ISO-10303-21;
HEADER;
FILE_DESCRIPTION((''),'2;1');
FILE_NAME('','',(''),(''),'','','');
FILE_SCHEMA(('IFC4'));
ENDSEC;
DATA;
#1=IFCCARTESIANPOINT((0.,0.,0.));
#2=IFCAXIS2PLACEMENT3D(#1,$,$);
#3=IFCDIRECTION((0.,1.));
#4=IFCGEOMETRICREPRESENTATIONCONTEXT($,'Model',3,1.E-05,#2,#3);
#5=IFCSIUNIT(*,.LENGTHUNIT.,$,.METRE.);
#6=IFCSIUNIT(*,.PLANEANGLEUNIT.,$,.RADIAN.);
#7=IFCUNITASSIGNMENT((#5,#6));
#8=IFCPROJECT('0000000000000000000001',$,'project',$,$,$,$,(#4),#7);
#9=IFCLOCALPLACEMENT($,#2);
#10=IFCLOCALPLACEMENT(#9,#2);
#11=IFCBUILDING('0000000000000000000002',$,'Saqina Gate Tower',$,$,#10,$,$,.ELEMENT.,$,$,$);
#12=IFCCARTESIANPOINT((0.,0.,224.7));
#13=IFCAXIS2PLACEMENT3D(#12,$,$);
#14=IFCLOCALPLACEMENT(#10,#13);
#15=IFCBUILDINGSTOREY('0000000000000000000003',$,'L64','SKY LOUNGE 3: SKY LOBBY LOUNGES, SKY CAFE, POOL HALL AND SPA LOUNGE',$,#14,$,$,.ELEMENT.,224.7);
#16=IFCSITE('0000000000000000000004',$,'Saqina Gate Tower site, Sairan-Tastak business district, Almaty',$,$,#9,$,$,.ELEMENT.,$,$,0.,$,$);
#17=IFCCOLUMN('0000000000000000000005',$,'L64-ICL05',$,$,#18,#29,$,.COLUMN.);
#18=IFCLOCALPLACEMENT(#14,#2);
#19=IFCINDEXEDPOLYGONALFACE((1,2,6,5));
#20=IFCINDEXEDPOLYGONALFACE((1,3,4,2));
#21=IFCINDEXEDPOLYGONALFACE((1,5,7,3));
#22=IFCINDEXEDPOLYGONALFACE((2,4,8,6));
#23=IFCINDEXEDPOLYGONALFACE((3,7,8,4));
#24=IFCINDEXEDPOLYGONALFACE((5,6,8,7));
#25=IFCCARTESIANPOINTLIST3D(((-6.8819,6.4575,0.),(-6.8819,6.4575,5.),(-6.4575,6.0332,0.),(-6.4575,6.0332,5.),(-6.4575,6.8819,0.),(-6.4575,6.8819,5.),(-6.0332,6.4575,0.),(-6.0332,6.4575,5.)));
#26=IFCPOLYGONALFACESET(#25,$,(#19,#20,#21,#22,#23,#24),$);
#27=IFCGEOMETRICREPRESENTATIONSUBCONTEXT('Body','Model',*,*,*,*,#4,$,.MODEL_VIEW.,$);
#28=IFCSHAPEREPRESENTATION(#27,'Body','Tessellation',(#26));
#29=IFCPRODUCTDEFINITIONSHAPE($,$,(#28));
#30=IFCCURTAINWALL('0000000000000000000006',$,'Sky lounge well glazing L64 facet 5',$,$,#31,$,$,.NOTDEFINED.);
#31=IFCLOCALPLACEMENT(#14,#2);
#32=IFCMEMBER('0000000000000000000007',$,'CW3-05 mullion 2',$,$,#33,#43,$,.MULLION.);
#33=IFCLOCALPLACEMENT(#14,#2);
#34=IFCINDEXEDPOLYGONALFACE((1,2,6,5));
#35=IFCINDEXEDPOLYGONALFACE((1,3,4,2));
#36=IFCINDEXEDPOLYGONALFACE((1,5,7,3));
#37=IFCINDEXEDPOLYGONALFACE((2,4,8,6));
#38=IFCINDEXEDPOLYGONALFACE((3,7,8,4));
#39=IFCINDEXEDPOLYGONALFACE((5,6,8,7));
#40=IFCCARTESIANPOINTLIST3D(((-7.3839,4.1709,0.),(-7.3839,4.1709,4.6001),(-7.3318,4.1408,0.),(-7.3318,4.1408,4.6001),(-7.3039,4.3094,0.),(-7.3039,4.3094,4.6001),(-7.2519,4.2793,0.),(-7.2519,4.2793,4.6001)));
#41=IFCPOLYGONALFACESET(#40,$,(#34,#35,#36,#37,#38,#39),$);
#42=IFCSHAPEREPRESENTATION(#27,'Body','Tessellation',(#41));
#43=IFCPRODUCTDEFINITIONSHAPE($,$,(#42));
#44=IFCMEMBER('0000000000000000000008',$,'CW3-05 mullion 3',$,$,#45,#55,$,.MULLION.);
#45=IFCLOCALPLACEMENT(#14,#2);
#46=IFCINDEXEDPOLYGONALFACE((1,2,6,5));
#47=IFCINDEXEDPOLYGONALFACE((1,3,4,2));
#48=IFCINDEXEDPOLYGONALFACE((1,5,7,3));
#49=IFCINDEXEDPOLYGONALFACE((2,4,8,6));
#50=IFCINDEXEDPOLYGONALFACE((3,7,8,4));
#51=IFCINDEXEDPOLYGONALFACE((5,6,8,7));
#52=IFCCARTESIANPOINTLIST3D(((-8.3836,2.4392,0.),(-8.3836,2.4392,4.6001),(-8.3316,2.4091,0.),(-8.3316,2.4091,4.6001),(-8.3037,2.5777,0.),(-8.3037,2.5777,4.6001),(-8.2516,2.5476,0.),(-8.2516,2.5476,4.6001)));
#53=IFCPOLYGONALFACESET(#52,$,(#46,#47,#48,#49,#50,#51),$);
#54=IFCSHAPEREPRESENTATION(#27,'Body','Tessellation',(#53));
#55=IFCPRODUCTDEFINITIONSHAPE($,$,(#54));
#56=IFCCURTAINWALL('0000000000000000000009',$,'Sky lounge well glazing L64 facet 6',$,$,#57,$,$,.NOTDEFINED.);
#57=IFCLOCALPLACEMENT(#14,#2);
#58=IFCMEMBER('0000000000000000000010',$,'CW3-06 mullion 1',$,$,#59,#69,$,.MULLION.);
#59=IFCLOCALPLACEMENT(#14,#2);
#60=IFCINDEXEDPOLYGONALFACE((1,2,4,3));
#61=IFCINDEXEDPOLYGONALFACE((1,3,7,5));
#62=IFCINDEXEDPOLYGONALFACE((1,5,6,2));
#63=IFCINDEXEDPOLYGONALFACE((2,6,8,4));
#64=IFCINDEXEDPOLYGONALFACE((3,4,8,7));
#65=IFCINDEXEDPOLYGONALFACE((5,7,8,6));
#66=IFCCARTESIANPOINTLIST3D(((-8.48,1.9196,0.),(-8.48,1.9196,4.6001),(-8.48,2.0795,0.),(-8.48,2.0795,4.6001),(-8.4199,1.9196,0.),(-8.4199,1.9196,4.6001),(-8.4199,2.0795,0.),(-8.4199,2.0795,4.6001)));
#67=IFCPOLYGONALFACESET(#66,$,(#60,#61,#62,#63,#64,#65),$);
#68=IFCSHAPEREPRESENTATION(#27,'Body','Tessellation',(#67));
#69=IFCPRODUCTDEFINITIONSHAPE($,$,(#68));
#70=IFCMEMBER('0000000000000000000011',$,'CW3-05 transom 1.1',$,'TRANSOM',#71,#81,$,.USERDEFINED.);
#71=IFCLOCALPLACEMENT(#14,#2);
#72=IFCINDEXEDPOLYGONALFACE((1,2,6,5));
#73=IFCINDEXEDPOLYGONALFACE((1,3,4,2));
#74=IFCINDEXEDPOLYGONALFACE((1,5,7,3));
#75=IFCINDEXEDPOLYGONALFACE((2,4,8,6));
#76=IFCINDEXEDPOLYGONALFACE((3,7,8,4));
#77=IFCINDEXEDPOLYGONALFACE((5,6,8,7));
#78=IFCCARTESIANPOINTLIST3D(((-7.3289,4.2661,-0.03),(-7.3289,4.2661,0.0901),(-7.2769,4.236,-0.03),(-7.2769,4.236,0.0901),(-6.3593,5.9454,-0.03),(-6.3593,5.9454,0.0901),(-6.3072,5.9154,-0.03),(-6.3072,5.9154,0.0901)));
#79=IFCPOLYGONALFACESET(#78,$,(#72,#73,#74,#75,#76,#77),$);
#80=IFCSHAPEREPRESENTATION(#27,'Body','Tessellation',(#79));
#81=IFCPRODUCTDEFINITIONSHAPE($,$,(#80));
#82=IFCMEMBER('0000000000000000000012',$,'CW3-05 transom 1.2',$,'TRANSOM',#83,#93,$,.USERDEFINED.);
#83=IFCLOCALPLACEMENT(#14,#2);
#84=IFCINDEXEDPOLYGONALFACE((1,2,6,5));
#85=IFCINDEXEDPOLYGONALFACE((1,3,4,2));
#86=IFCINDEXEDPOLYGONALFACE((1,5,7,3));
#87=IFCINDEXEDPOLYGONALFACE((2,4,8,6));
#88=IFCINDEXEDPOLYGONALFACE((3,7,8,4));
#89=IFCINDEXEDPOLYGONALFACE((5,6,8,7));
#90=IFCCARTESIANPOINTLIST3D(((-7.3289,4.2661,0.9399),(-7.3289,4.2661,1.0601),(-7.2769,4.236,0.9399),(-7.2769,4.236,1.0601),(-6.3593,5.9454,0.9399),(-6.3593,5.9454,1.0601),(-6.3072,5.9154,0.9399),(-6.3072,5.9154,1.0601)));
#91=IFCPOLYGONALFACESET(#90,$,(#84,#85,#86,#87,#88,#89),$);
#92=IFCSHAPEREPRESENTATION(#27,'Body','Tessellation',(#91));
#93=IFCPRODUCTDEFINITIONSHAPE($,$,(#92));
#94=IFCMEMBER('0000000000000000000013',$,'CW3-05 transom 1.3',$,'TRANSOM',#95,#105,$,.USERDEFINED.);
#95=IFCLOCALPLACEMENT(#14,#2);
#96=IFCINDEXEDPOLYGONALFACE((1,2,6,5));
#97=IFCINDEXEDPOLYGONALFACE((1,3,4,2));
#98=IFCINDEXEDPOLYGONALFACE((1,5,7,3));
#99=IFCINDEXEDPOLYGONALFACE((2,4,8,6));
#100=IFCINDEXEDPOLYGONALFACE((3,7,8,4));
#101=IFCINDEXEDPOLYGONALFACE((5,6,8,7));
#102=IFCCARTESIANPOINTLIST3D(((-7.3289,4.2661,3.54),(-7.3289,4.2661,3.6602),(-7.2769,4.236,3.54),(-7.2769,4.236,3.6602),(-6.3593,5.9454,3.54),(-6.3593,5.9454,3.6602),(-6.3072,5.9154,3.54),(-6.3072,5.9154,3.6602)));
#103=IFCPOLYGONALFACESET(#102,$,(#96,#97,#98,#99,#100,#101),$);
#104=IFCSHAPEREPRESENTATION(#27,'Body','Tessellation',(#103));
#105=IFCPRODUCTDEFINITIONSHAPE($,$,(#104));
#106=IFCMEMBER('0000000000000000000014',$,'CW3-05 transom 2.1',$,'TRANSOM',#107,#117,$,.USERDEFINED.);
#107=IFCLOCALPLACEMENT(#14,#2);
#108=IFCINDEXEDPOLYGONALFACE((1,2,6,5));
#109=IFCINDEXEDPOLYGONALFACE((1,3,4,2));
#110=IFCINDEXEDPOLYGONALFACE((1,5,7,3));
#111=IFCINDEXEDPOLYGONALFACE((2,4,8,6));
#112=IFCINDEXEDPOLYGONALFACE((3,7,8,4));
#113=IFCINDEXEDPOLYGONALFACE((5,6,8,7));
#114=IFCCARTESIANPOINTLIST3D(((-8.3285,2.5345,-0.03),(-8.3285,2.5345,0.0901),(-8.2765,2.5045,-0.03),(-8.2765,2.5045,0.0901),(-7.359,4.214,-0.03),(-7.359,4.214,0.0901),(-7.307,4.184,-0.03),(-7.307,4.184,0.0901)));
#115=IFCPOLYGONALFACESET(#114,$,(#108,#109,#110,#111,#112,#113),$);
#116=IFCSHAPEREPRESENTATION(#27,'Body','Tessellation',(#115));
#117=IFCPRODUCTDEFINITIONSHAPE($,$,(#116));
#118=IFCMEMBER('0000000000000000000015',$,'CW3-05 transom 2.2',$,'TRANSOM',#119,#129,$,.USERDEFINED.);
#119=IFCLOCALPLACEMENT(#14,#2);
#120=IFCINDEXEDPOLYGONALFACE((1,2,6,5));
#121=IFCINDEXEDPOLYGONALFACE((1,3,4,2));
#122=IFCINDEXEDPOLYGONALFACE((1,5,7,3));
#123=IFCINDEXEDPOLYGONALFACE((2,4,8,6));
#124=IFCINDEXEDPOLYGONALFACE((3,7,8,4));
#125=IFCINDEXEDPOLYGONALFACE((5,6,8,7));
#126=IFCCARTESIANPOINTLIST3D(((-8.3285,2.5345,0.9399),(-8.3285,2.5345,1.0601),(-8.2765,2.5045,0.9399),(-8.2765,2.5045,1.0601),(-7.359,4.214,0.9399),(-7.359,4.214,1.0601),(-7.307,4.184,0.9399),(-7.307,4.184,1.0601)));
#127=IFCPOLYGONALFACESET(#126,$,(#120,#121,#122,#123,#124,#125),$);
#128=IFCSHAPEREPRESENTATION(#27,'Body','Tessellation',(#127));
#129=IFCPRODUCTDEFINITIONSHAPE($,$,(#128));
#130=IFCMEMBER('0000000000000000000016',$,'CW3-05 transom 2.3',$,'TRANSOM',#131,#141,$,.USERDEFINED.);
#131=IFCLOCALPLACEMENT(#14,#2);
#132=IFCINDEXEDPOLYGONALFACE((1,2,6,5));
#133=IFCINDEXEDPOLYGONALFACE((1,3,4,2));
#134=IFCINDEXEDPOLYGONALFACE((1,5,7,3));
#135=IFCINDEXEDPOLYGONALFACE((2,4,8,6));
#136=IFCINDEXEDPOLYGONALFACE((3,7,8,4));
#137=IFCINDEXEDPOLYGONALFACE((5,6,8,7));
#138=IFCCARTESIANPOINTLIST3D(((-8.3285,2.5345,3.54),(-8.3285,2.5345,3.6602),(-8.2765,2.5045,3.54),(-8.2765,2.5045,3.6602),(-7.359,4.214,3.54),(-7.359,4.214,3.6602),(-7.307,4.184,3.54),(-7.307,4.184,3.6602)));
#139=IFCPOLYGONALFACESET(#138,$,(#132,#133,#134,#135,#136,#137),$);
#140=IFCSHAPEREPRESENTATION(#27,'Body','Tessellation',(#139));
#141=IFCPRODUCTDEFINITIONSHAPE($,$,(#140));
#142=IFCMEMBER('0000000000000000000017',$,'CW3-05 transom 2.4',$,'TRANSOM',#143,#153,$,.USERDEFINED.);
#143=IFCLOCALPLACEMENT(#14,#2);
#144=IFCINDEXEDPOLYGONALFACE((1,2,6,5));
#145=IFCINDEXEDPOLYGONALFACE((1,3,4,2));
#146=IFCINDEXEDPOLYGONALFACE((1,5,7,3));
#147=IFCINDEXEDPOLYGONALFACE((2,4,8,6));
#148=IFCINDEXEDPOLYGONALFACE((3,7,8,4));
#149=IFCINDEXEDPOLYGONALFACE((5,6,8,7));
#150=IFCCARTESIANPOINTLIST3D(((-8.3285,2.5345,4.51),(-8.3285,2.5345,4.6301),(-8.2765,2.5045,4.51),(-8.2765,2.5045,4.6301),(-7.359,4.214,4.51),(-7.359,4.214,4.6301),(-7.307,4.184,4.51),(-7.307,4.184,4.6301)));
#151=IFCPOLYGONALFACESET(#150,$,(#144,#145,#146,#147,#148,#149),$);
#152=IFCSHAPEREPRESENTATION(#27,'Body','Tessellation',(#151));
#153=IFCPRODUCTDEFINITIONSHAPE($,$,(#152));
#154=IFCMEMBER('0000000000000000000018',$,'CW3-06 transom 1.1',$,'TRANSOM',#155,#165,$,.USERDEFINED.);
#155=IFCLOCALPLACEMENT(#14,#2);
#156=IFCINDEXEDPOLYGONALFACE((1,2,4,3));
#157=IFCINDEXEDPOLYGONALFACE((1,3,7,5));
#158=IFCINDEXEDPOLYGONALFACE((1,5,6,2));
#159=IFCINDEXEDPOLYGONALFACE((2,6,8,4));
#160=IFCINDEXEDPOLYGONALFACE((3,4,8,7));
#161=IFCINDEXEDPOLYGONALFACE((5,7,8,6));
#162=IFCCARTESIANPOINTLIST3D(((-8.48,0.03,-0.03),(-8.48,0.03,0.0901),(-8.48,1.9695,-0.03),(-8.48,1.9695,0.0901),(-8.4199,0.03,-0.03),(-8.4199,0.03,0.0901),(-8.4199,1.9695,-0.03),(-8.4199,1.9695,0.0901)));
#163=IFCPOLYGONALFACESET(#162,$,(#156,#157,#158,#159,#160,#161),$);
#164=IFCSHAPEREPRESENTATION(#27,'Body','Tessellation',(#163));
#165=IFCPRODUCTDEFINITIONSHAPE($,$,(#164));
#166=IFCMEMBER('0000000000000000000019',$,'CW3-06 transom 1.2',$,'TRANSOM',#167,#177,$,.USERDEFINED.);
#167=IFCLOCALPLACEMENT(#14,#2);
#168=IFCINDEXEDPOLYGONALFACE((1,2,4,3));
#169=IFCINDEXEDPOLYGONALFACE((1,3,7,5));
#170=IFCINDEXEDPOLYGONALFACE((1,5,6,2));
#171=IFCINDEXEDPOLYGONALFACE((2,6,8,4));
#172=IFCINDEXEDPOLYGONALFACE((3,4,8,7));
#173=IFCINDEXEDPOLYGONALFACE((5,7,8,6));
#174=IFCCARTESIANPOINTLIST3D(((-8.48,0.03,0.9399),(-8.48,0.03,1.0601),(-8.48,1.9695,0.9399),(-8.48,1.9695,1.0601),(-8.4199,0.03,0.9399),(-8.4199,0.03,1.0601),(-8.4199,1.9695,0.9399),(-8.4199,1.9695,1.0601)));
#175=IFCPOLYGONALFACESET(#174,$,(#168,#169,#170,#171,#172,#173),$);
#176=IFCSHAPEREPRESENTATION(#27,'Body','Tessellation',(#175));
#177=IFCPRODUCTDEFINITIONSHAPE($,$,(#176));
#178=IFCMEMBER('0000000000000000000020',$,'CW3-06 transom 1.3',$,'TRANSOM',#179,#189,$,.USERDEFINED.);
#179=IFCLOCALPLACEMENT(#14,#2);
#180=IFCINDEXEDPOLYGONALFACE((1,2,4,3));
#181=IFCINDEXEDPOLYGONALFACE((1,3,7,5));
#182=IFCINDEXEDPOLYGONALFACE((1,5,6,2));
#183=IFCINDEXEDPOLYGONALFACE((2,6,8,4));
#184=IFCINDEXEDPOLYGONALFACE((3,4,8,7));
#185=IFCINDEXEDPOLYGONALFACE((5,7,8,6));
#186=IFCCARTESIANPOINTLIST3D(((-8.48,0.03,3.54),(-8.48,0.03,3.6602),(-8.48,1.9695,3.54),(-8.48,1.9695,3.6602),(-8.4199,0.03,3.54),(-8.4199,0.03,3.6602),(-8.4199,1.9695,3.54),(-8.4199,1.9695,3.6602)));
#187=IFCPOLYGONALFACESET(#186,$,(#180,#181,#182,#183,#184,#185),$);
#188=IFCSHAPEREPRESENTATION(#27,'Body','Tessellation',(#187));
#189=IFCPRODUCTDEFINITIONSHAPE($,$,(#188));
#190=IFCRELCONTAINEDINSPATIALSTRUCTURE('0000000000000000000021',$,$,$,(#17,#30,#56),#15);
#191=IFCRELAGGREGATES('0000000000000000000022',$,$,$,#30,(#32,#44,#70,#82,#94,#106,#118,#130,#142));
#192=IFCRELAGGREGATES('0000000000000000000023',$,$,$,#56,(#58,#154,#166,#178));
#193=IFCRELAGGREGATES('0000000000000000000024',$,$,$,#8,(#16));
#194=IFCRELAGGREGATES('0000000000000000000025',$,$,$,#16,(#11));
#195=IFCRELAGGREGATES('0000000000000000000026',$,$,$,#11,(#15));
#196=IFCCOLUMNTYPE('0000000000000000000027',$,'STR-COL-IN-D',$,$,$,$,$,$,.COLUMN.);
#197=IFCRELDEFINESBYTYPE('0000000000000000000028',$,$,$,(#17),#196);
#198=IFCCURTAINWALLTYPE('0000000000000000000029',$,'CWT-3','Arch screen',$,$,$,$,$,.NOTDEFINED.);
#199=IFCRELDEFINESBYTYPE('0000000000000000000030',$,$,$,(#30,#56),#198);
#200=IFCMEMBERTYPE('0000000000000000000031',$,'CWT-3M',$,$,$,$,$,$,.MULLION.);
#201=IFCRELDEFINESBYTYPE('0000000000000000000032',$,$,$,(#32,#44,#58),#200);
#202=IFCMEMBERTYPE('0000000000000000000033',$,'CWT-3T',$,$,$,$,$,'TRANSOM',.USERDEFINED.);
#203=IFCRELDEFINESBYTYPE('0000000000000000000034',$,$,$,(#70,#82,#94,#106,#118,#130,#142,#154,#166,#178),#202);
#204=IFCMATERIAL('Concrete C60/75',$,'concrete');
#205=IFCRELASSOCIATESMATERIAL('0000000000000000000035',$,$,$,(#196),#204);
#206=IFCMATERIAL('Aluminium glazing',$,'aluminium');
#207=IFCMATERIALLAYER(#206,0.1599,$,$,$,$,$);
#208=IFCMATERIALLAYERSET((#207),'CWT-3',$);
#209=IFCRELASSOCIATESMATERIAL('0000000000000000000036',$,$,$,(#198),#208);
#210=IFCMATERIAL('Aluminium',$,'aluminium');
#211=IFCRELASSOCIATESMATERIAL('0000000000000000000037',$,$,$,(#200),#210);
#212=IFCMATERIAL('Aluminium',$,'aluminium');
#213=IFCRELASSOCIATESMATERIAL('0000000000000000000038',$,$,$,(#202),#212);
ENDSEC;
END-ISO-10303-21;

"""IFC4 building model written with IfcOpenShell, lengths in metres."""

from ifc_helpers import new_model, si_unit, direction, frame, origin, origin_2d, place, context, subcontext, project, spatial, rectangle, extrude, material, layer, layer_set, material_profile, profile_set, type_object, element, aggregate, save


model = new_model("IFC4")

# Units and contexts
model_context = context("Model", 3, precision=1e-05, world=origin(), true_north=direction((0.0, 1.0)))
body_context = subcontext(model_context, "Body", "Model", "MODEL_VIEW")
ifc_project = project(units=[si_unit("LENGTHUNIT", "METRE"), si_unit("PLANEANGLEUNIT", "RADIAN")], contexts=[model_context])

# Site, building, storey
site_placement = place(None, origin())
site = spatial("IfcSite", under=ifc_project, at=site_placement, Name="Saqina Gate Tower site, Sairan-Tastak business district, Almaty", CompositionType="ELEMENT", RefElevation=0.0)
building_placement = place(site_placement, origin())
building = spatial("IfcBuilding", under=site, at=building_placement, Name="Saqina Gate Tower", CompositionType="ELEMENT")
storey_placement = place(building_placement, frame((0.0, 0.0, 224.7)))
storey = spatial("IfcBuildingStorey", under=building, at=storey_placement, Name="L64", Description="SKY LOUNGE 3: SKY LOBBY LOUNGES, SKY CAFE, POOL HALL AND SPA LOUNGE", CompositionType="ELEMENT", Elevation=224.7)

# Column
ifc_material_1 = material(Name="Concrete C60/75", Category="concrete")
ifc_material_profile_1 = material_profile(ifc_material_1, rectangle(XDim=0.6001, YDim=0.6001, at=origin_2d()), Name="RC 600x600")
ifc_profile_set_1 = profile_set([ifc_material_profile_1], Name="Concrete C60/75")
column_type = type_object("IfcColumnType", Name="STR-COL-IN-D", PredefinedType="COLUMN", material=ifc_profile_set_1)
column_placement = place(storey_placement, frame((-6.4575, 6.4575, 0.0), z_axis=(0.0, 0.0, 1.0), x_axis=(-0.707107, 0.707107, 0.0)))
element("IfcColumn", 1, at=column_placement, inside=storey, type_object=column_type, Name="L64-ICL05", PredefinedType="COLUMN", context=body_context, shape_type="SweptSolid", body=[
    extrude(rectangle(XDim=0.6001, YDim=0.6001, at=origin_2d()), origin(), (0.0, 0.0, 1.0), 5.0),
])

# Curtain wall, members
ifc_material_2 = material(Name="Aluminium glazing", Category="aluminium")
ifc_layer_1 = layer(ifc_material_2, 0.1599)
ifc_layer_set_1 = layer_set([ifc_layer_1], Name="CWT-3")
curtain_wall_type = type_object("IfcCurtainWallType", Name="CWT-3", Description="Arch screen", PredefinedType="NOTDEFINED", material=ifc_layer_set_1)
curtain_wall_1_placement = place(storey_placement, origin())
curtain_wall_1 = element("IfcCurtainWall", 2, at=curtain_wall_1_placement, inside=storey, type_object=curtain_wall_type, Name="Sky lounge well glazing L64 facet 5", PredefinedType="NOTDEFINED")
ifc_material_3 = material(Name="Aluminium", Category="aluminium")
ifc_material_profile_2 = material_profile(ifc_material_3, rectangle(XDim=0.0601, YDim=0.1599, at=origin_2d()), Name="Aluminium 60x160")
ifc_profile_set_2 = profile_set([ifc_material_profile_2], Name="Aluminium")
member_type_1 = type_object("IfcMemberType", Name="CWT-3M", PredefinedType="MULLION", material=ifc_profile_set_2)
member_1_placement = place(storey_placement, frame((-7.3179, 4.2251, 0.0), z_axis=(0.0, 0.0, 1.0), x_axis=(0.866024, -0.500003, 0.0)))
member_1 = element("IfcMember", 3, at=member_1_placement, type_object=member_type_1, Name="CW3-05 mullion 2", PredefinedType="MULLION", context=body_context, shape_type="SweptSolid", body=[
    extrude(rectangle(XDim=0.0601, YDim=0.1599, at=origin_2d()), origin(), (0.0, 0.0, 1.0), 4.6001),
])
member_2_placement = place(storey_placement, frame((-8.3176, 2.4934, 0.0), z_axis=(0.0, 0.0, 1.0), x_axis=(0.866024, -0.500003, 0.0)))
member_2 = element("IfcMember", 4, at=member_2_placement, type_object=member_type_1, Name="CW3-05 mullion 3", PredefinedType="MULLION", context=body_context, shape_type="SweptSolid", body=[
    extrude(rectangle(XDim=0.0601, YDim=0.1599, at=origin_2d()), origin(), (0.0, 0.0, 1.0), 4.6001),
])

# Curtain wall, member
curtain_wall_2_placement = place(storey_placement, origin())
curtain_wall_2 = element("IfcCurtainWall", 5, at=curtain_wall_2_placement, inside=storey, type_object=curtain_wall_type, Name="Sky lounge well glazing L64 facet 6", PredefinedType="NOTDEFINED")
member_3_placement = place(storey_placement, frame((-8.45, 1.9995, 0.0), z_axis=(0.0, 0.0, 1.0), x_axis=(1.0, 0.0, 0.0)))
member_3 = element("IfcMember", 6, at=member_3_placement, type_object=member_type_1, Name="CW3-06 mullion 1", PredefinedType="MULLION", context=body_context, shape_type="SweptSolid", body=[
    extrude(rectangle(XDim=0.0601, YDim=0.1599, at=origin_2d()), origin(), (0.0, 0.0, 1.0), 4.6001),
])

# Members
ifc_material_4 = material(Name="Aluminium", Category="aluminium")
ifc_material_profile_3 = material_profile(ifc_material_4, rectangle(XDim=0.0601, YDim=0.1201, at=origin_2d()), Name="Aluminium 60x120")
ifc_profile_set_3 = profile_set([ifc_material_profile_3], Name="Aluminium")
member_type_2 = type_object("IfcMemberType", Name="CWT-3T", ElementType="TRANSOM", PredefinedType="USERDEFINED", material=ifc_profile_set_3)
member_4_placement = place(storey_placement, frame((-6.3333, 5.9304, 0.03), z_axis=(-0.500038, -0.866003, 0.0), x_axis=(0.866003, -0.500038, 0.0)))
member_4 = element("IfcMember", 7, at=member_4_placement, type_object=member_type_2, Name="CW3-05 transom 1.1", ObjectType="TRANSOM", PredefinedType="USERDEFINED", context=body_context, shape_type="SweptSolid", body=[
    extrude(rectangle(XDim=0.0601, YDim=0.1201, at=origin_2d()), origin(), (0.0, 0.0, 1.0), 1.9392),
])
member_5_placement = place(storey_placement, frame((-6.3333, 5.9304, 1.0), z_axis=(-0.500038, -0.866003, 0.0), x_axis=(0.866003, -0.500038, 0.0)))
member_5 = element("IfcMember", 8, at=member_5_placement, type_object=member_type_2, Name="CW3-05 transom 1.2", ObjectType="TRANSOM", PredefinedType="USERDEFINED", context=body_context, shape_type="SweptSolid", body=[
    extrude(rectangle(XDim=0.0601, YDim=0.1201, at=origin_2d()), origin(), (0.0, 0.0, 1.0), 1.9392),
])
member_6_placement = place(storey_placement, frame((-6.3333, 5.9304, 3.6001), z_axis=(-0.500038, -0.866003, 0.0), x_axis=(0.866003, -0.500038, 0.0)))
member_6 = element("IfcMember", 9, at=member_6_placement, type_object=member_type_2, Name="CW3-05 transom 1.3", ObjectType="TRANSOM", PredefinedType="USERDEFINED", context=body_context, shape_type="SweptSolid", body=[
    extrude(rectangle(XDim=0.0601, YDim=0.1201, at=origin_2d()), origin(), (0.0, 0.0, 1.0), 1.9392),
])
member_7_placement = place(storey_placement, frame((-7.333, 4.199, 0.03), z_axis=(-0.499944, -0.866058, 0.0), x_axis=(0.866058, -0.499944, 0.0)))
member_7 = element("IfcMember", 10, at=member_7_placement, type_object=member_type_2, Name="CW3-05 transom 2.1", ObjectType="TRANSOM", PredefinedType="USERDEFINED", context=body_context, shape_type="SweptSolid", body=[
    extrude(rectangle(XDim=0.0601, YDim=0.1201, at=origin_2d()), origin(), (0.0, 0.0, 1.0), 1.9392),
])
member_8_placement = place(storey_placement, frame((-7.333, 4.199, 1.0), z_axis=(-0.499944, -0.866058, 0.0), x_axis=(0.866058, -0.499944, 0.0)))
member_8 = element("IfcMember", 11, at=member_8_placement, type_object=member_type_2, Name="CW3-05 transom 2.2", ObjectType="TRANSOM", PredefinedType="USERDEFINED", context=body_context, shape_type="SweptSolid", body=[
    extrude(rectangle(XDim=0.0601, YDim=0.1201, at=origin_2d()), origin(), (0.0, 0.0, 1.0), 1.9392),
])
member_9_placement = place(storey_placement, frame((-7.333, 4.199, 3.6001), z_axis=(-0.499944, -0.866058, 0.0), x_axis=(0.866058, -0.499944, 0.0)))
member_9 = element("IfcMember", 12, at=member_9_placement, type_object=member_type_2, Name="CW3-05 transom 2.3", ObjectType="TRANSOM", PredefinedType="USERDEFINED", context=body_context, shape_type="SweptSolid", body=[
    extrude(rectangle(XDim=0.0601, YDim=0.1201, at=origin_2d()), origin(), (0.0, 0.0, 1.0), 1.9392),
])
member_10_placement = place(storey_placement, frame((-7.333, 4.199, 4.5701), z_axis=(-0.499944, -0.866058, 0.0), x_axis=(0.866058, -0.499944, 0.0)))
member_10 = element("IfcMember", 13, at=member_10_placement, type_object=member_type_2, Name="CW3-05 transom 2.4", ObjectType="TRANSOM", PredefinedType="USERDEFINED", context=body_context, shape_type="SweptSolid", body=[
    extrude(rectangle(XDim=0.0601, YDim=0.1201, at=origin_2d()), origin(), (0.0, 0.0, 1.0), 1.9392),
])
member_11_placement = place(storey_placement, frame((-8.45, 1.9695, 0.03), z_axis=(0.0, -1.0, 0.0), x_axis=(1.0, 0.0, 0.0)))
member_11 = element("IfcMember", 14, at=member_11_placement, type_object=member_type_2, Name="CW3-06 transom 1.1", ObjectType="TRANSOM", PredefinedType="USERDEFINED", context=body_context, shape_type="SweptSolid", body=[
    extrude(rectangle(XDim=0.0601, YDim=0.1201, at=origin_2d()), origin(), (0.0, 0.0, 1.0), 1.9395),
])
member_12_placement = place(storey_placement, frame((-8.45, 1.9695, 1.0), z_axis=(0.0, -1.0, 0.0), x_axis=(1.0, 0.0, 0.0)))
member_12 = element("IfcMember", 15, at=member_12_placement, type_object=member_type_2, Name="CW3-06 transom 1.2", ObjectType="TRANSOM", PredefinedType="USERDEFINED", context=body_context, shape_type="SweptSolid", body=[
    extrude(rectangle(XDim=0.0601, YDim=0.1201, at=origin_2d()), origin(), (0.0, 0.0, 1.0), 1.9395),
])
member_13_placement = place(storey_placement, frame((-8.45, 1.9695, 3.6001), z_axis=(0.0, -1.0, 0.0), x_axis=(1.0, 0.0, 0.0)))
member_13 = element("IfcMember", 16, at=member_13_placement, type_object=member_type_2, Name="CW3-06 transom 1.3", ObjectType="TRANSOM", PredefinedType="USERDEFINED", context=body_context, shape_type="SweptSolid", body=[
    extrude(rectangle(XDim=0.0601, YDim=0.1201, at=origin_2d()), origin(), (0.0, 0.0, 1.0), 1.9395),
])

aggregate(curtain_wall_1, [member_1, member_2, member_4, member_5, member_6, member_7, member_8, member_9, member_10])
aggregate(curtain_wall_2, [member_3, member_11, member_12, member_13])

save(model, "model.ifc")
